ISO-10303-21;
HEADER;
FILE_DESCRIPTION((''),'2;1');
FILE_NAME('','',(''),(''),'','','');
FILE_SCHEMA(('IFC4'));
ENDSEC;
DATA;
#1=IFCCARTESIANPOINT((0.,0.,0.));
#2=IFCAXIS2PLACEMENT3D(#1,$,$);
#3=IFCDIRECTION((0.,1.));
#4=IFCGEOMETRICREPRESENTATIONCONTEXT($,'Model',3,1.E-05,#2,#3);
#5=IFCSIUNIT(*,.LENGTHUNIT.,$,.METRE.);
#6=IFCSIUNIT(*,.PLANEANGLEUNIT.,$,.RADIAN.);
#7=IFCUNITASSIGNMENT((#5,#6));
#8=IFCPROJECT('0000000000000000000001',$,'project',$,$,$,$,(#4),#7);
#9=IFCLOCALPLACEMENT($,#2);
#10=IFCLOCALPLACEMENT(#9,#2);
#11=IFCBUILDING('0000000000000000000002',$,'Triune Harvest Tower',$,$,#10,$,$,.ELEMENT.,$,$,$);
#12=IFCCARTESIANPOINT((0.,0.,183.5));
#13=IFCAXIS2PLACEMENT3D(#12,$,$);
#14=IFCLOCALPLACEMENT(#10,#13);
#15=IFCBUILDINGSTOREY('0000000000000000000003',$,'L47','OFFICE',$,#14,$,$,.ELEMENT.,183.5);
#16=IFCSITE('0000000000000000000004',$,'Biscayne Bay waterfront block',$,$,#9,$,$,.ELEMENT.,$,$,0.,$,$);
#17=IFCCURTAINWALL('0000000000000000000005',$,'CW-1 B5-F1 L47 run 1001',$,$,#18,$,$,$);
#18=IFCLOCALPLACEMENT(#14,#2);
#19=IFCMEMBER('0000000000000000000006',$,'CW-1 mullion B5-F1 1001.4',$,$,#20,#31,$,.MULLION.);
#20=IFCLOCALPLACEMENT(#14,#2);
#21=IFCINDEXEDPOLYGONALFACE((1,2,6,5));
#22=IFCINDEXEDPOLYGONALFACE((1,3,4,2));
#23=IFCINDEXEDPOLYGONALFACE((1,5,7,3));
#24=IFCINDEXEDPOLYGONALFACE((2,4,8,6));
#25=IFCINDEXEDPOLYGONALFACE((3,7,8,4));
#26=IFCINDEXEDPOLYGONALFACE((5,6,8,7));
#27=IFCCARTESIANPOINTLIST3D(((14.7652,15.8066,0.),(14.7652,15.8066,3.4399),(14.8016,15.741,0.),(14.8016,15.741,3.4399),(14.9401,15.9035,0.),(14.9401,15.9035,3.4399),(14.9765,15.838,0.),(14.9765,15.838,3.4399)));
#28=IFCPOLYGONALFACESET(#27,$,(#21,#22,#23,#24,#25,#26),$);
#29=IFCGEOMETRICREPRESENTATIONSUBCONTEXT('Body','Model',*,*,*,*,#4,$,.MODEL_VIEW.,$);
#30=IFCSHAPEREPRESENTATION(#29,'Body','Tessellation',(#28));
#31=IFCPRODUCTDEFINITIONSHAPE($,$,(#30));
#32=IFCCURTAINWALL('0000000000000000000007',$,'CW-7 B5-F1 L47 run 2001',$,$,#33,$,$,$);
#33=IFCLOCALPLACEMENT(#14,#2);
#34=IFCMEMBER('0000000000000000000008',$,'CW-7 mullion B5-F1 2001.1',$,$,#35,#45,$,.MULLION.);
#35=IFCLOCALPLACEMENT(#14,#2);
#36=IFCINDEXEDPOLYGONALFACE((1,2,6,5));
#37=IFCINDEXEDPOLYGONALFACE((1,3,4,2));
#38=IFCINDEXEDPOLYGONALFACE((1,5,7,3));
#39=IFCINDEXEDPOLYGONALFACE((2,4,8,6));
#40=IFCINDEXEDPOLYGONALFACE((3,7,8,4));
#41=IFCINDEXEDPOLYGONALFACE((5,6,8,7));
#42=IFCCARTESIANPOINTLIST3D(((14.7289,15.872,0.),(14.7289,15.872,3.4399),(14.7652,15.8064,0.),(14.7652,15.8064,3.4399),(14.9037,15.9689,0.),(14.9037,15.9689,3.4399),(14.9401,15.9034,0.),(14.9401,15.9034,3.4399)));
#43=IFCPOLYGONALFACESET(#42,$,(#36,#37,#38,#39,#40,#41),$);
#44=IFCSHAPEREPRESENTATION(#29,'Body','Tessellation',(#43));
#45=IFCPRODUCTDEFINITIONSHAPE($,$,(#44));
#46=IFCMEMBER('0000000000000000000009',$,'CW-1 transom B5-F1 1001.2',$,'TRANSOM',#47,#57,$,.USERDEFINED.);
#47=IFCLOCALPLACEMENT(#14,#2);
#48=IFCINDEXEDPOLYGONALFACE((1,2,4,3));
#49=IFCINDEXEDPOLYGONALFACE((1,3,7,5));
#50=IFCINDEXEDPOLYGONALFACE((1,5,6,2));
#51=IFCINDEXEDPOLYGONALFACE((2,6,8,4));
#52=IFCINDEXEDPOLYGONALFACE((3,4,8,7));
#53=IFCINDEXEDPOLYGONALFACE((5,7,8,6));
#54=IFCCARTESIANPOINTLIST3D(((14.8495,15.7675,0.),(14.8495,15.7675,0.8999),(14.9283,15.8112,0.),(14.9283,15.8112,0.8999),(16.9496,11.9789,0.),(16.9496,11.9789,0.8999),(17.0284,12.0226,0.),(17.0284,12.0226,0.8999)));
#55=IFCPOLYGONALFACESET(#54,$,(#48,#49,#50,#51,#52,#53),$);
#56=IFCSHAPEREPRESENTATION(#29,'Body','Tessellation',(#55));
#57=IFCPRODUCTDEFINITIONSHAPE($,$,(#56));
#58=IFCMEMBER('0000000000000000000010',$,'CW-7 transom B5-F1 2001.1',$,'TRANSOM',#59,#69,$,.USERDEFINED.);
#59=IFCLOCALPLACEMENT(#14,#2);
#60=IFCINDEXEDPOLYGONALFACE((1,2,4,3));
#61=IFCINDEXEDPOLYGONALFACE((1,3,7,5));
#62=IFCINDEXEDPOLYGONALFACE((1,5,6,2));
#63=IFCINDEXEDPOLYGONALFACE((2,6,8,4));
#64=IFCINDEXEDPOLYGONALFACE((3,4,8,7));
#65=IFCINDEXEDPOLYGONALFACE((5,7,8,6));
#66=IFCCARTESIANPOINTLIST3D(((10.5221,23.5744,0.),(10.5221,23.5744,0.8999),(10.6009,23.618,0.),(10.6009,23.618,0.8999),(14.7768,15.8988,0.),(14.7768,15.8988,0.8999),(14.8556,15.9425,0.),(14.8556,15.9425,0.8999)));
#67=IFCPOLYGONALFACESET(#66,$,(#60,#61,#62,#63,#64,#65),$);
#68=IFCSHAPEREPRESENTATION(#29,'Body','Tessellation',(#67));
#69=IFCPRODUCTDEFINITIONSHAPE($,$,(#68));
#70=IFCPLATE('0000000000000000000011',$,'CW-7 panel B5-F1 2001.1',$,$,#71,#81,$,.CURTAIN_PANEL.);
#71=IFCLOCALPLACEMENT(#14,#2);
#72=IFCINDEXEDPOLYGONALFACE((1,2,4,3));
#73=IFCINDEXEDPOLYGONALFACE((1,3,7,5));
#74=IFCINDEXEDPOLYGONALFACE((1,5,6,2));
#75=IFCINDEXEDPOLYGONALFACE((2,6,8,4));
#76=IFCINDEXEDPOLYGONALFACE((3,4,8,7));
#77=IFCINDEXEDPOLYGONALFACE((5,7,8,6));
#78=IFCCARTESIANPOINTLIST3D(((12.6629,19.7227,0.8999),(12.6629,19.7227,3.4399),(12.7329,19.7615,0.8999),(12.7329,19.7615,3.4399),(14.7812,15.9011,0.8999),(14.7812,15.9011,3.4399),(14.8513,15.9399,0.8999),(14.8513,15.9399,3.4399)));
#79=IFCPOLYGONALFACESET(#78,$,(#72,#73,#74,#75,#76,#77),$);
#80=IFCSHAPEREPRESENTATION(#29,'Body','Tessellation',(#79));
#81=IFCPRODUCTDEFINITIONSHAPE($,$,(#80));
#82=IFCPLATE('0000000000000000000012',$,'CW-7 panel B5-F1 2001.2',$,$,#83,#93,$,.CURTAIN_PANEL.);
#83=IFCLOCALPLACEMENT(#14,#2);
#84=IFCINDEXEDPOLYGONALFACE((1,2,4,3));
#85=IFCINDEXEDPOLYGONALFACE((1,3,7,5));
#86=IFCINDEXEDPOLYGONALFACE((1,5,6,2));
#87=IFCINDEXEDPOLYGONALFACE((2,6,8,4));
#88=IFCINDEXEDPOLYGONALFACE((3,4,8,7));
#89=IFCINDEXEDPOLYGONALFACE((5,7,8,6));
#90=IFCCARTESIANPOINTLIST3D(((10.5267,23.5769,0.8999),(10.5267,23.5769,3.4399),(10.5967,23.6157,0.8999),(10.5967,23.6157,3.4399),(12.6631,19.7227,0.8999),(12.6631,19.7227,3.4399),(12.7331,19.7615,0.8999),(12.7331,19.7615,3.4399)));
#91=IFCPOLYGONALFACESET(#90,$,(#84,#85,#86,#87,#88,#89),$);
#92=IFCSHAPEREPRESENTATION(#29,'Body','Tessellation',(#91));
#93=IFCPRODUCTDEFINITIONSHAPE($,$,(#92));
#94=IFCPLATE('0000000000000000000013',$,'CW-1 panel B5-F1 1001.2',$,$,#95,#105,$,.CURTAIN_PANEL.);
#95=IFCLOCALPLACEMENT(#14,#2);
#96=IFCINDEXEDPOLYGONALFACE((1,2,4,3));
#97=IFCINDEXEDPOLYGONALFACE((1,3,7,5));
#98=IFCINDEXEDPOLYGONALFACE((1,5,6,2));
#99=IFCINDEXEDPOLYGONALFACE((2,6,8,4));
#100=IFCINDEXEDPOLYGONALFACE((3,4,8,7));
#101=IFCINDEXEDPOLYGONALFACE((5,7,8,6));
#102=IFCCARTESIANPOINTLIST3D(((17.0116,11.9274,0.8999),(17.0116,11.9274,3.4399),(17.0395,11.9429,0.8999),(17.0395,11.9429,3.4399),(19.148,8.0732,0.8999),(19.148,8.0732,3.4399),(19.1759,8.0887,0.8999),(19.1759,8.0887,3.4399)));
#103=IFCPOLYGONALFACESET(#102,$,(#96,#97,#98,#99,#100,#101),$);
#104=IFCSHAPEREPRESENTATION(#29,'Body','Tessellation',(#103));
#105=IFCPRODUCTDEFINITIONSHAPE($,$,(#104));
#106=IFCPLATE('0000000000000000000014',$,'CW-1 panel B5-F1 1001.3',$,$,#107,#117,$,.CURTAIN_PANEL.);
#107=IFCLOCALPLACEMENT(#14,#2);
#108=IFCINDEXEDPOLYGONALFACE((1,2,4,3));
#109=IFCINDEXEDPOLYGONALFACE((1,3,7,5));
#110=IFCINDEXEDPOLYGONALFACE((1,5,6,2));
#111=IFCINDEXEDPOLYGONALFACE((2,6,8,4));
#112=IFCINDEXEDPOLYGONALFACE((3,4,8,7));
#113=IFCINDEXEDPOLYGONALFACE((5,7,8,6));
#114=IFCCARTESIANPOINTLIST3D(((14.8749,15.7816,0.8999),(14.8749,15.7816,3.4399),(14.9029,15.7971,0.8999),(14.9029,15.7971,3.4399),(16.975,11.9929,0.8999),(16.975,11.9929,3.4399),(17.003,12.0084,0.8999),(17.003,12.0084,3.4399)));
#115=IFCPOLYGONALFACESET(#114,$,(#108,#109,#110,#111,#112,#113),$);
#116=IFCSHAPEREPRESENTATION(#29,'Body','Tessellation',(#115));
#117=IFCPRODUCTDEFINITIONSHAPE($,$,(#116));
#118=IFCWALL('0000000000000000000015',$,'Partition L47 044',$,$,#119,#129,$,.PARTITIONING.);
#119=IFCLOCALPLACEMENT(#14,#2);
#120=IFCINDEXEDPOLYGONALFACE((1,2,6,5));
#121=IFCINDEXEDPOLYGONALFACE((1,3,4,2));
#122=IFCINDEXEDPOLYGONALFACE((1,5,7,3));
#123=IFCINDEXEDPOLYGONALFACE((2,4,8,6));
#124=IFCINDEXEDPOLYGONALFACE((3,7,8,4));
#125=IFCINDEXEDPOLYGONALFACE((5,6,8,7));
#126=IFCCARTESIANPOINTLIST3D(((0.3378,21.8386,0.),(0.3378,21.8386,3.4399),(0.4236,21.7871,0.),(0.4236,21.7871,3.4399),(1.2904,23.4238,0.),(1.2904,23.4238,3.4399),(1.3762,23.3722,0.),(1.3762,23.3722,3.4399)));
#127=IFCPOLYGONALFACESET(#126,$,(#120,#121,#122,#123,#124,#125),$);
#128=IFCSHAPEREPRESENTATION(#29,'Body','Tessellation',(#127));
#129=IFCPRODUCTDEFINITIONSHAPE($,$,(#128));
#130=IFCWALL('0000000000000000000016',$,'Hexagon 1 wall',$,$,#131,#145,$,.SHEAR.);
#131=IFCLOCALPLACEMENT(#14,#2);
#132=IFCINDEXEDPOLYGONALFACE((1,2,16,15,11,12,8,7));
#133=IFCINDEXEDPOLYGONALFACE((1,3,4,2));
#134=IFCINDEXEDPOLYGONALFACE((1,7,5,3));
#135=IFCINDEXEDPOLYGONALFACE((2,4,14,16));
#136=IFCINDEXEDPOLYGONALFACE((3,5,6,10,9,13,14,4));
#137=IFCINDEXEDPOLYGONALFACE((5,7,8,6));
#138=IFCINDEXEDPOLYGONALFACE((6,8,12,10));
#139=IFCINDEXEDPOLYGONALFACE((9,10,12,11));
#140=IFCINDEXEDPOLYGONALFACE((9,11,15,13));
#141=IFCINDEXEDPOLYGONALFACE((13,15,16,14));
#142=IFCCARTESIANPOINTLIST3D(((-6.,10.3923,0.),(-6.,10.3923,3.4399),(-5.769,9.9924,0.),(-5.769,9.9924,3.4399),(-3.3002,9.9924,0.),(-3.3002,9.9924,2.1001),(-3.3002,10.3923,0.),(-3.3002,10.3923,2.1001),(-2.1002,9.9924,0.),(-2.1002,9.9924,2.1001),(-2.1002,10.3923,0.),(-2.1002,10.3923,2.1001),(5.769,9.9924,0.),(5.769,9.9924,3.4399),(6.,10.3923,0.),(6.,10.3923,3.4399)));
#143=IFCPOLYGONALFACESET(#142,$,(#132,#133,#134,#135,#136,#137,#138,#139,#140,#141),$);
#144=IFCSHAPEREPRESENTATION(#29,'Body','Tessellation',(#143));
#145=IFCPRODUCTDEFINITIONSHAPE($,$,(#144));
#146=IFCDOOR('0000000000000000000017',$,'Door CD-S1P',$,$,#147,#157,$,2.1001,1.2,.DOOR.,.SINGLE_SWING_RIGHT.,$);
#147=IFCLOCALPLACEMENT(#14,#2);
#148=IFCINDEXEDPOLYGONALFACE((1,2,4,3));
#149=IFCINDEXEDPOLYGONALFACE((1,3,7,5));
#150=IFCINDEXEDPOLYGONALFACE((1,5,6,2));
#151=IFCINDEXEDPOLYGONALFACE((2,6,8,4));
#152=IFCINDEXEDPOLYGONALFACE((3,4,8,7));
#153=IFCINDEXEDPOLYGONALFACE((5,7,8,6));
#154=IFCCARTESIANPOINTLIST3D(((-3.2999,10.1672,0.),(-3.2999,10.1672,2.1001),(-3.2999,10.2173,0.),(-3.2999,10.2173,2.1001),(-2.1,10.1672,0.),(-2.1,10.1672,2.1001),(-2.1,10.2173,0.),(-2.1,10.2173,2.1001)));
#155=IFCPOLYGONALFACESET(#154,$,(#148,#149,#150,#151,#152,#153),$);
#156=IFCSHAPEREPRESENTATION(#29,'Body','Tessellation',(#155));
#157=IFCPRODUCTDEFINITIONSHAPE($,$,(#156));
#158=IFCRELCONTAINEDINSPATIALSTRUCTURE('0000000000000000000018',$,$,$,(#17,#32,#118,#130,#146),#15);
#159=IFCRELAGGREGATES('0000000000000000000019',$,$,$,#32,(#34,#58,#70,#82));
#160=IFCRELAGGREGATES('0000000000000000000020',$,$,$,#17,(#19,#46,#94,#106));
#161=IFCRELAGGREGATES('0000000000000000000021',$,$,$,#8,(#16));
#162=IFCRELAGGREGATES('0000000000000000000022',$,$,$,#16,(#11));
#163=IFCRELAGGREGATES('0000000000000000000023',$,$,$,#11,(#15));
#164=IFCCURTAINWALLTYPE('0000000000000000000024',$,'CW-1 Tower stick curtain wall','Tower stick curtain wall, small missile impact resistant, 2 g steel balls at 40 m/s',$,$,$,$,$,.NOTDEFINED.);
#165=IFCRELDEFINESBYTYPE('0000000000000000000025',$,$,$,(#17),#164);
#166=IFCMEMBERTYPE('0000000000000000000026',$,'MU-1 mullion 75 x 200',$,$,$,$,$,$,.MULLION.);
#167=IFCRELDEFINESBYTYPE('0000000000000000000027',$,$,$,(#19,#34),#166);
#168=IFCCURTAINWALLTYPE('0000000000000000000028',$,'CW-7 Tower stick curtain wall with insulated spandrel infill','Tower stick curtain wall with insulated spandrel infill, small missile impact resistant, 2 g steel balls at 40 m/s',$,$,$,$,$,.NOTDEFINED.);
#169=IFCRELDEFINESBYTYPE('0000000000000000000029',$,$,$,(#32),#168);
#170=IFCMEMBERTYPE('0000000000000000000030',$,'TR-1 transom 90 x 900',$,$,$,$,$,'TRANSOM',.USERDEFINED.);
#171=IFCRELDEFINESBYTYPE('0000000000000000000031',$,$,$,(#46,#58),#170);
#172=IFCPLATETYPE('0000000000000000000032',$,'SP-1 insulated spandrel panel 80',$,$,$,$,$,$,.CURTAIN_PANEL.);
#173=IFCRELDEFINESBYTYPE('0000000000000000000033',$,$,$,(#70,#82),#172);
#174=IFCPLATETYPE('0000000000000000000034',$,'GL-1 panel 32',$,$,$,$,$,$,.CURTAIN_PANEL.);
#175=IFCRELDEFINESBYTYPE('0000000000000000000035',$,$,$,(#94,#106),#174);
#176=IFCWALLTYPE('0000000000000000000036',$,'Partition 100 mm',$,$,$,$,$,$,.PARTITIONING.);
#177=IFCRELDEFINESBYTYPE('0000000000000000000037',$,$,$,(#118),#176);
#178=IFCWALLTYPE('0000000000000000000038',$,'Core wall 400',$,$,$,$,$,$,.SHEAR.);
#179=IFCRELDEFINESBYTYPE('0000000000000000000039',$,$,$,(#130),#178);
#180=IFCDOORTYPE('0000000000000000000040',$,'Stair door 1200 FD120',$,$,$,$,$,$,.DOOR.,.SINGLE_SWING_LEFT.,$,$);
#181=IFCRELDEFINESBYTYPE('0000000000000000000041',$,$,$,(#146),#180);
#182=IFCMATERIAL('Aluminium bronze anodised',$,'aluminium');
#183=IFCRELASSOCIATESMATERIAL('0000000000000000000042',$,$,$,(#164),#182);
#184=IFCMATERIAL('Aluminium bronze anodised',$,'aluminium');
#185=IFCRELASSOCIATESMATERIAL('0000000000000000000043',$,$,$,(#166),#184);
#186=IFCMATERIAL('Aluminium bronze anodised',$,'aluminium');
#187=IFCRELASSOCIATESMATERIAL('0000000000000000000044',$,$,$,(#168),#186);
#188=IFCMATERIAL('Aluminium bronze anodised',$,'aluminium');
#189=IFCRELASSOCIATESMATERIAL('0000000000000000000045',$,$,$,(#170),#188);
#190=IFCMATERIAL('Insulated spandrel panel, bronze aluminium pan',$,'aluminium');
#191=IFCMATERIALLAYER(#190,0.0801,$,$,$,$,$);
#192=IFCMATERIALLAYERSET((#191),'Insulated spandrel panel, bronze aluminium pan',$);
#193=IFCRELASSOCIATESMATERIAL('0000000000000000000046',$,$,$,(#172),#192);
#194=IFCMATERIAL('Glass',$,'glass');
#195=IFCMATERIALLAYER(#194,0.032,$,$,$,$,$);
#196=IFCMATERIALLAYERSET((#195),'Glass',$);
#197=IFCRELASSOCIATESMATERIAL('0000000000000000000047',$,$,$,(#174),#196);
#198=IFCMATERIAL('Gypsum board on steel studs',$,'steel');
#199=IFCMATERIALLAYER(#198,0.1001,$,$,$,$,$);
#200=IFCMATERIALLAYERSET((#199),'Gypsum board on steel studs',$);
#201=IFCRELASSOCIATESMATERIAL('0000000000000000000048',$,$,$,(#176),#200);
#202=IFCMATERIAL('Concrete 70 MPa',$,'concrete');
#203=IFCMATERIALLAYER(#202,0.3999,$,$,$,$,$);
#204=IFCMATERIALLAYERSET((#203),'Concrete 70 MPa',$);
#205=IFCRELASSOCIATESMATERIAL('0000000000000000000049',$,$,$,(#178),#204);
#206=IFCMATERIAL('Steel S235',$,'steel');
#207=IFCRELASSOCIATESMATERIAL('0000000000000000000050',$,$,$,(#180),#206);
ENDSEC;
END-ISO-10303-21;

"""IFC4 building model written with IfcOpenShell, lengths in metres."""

from ifc_helpers import new_model, si_unit, direction, frame, frame_2d, origin, origin_2d, place, context, subcontext, project, spatial, polyline, rectangle, outline, extrude, source, transform, mapped, material, layer, layer_set, material_profile, profile_set, type_object, element, fill, aggregate, save


model = new_model("IFC4")

# Units and contexts
model_context = context("Model", 3, precision=1e-05, world=origin(), true_north=direction((0.0, 1.0)))
body_context = subcontext(model_context, "Body", "Model", "MODEL_VIEW")
ifc_project = project(units=[si_unit("LENGTHUNIT", "METRE"), si_unit("PLANEANGLEUNIT", "RADIAN")], contexts=[model_context])

# Site, building, storey
site_placement = place(None, origin())
site = spatial("IfcSite", under=ifc_project, at=site_placement, Name="Biscayne Bay waterfront block", CompositionType="ELEMENT", RefElevation=0.0)
building_placement = place(site_placement, origin())
building = spatial("IfcBuilding", under=site, at=building_placement, Name="Triune Harvest Tower", CompositionType="ELEMENT")
storey_placement = place(building_placement, frame((0.0, 0.0, 183.5)))
storey = spatial("IfcBuildingStorey", under=building, at=storey_placement, Name="L47", Description="OFFICE", CompositionType="ELEMENT", Elevation=183.5)

# Curtain wall, member
ifc_material_1 = material(Name="Aluminium bronze anodised", Category="aluminium")
curtain_wall_type_1 = type_object("IfcCurtainWallType", Name="CW-1 Tower stick curtain wall", Description="Tower stick curtain wall, small missile impact resistant, 2 g steel balls at 40 m/s", PredefinedType="NOTDEFINED", material=ifc_material_1)
curtain_wall_1_placement = place(storey_placement, origin())
curtain_wall_1 = element("IfcCurtainWall", 1, at=curtain_wall_1_placement, inside=storey, type_object=curtain_wall_type_1, Name="CW-1 B5-F1 L47 run 1001")
ifc_material_2 = material(Name="Aluminium bronze anodised", Category="aluminium")
ifc_material_profile_1 = material_profile(ifc_material_2, rectangle(XDim=0.2, YDim=0.075, at=origin_2d()), Name="MU-1 mullion 75 x 200")
ifc_profile_set_1 = profile_set([ifc_material_profile_1], Name="Aluminium bronze anodised")
member_type_1 = type_object("IfcMemberType", Name="MU-1 mullion 75 x 200", PredefinedType="MULLION", material=ifc_profile_set_1)
shared_shape_1 = source(origin(), body_context, "Body", "SweptSolid", [
    extrude(rectangle(XDim=0.2, YDim=0.075, at=origin_2d()), origin(), (0.0, 0.0, 1.0), 3.4399),
])
member_1_placement = place(storey_placement, frame((14.8708, 15.8223, 0.0), z_axis=(0.0, 0.0, 1.0), x_axis=(-0.87462, -0.484809, 0.0)))
member_1 = element("IfcMember", 2, at=member_1_placement, type_object=member_type_1, Name="CW-1 mullion B5-F1 1001.4", PredefinedType="MULLION", context=body_context, shape_type="MappedRepresentation", body=[
    mapped(shared_shape_1, transform((0.0, 0.0, 0.0), scale=1.0)),
])

# Curtain wall, member
ifc_material_3 = material(Name="Aluminium bronze anodised", Category="aluminium")
curtain_wall_type_2 = type_object("IfcCurtainWallType", Name="CW-7 Tower stick curtain wall with insulated spandrel infill", Description="Tower stick curtain wall with insulated spandrel infill, small missile impact resistant, 2 g steel balls at 40 m/s", PredefinedType="NOTDEFINED", material=ifc_material_3)
curtain_wall_2_placement = place(storey_placement, origin())
curtain_wall_2 = element("IfcCurtainWall", 3, at=curtain_wall_2_placement, inside=storey, type_object=curtain_wall_type_2, Name="CW-7 B5-F1 L47 run 2001")
member_2_placement = place(storey_placement, frame((14.8345, 15.8877, 0.0), z_axis=(0.0, 0.0, 1.0), x_axis=(-0.87462, -0.484808, 0.0)))
member_2 = element("IfcMember", 4, at=member_2_placement, type_object=member_type_1, Name="CW-7 mullion B5-F1 2001.1", PredefinedType="MULLION", context=body_context, shape_type="MappedRepresentation", body=[
    mapped(shared_shape_1, transform((0.0, 0.0, 0.0), scale=1.0)),
])

# Members
ifc_material_4 = material(Name="Aluminium bronze anodised", Category="aluminium")
ifc_material_profile_2 = material_profile(ifc_material_4, rectangle(XDim=0.0901, YDim=0.8999, at=origin_2d()), Name="TR-1 transom 90 x 900")
ifc_profile_set_2 = profile_set([ifc_material_profile_2], Name="Aluminium bronze anodised")
member_type_2 = type_object("IfcMemberType", Name="TR-1 transom 90 x 900", ElementType="TRANSOM", PredefinedType="USERDEFINED", material=ifc_profile_set_2)
shared_shape_2 = source(origin(), body_context, "Body", "SweptSolid", [
    extrude(rectangle(XDim=0.0901, YDim=0.8999, at=origin_2d()), origin(), (0.0, 0.0, 1.0), 4.3318),
])
member_3_placement = place(storey_placement, frame((16.989, 12.0007, 0.45), z_axis=(-0.48482, 0.874614, 0.0), x_axis=(-0.874614, -0.48482, 0.0)))
member_3 = element("IfcMember", 5, at=member_3_placement, type_object=member_type_2, Name="CW-1 transom B5-F1 1001.2", ObjectType="TRANSOM", PredefinedType="USERDEFINED", context=body_context, shape_type="MappedRepresentation", body=[
    mapped(shared_shape_2, transform((0.0, 0.0, 0.0), scale=1.0)),
])
shared_shape_3 = source(origin(), body_context, "Body", "SweptSolid", [
    extrude(rectangle(XDim=0.0901, YDim=0.8999, at=origin_2d()), origin(), (0.0, 0.0, 1.0), 8.7759),
])
member_4_placement = place(storey_placement, frame((14.8162, 15.9207, 0.45), z_axis=(-0.484811, 0.874619, 0.0), x_axis=(-0.874619, -0.484811, 0.0)))
member_4 = element("IfcMember", 6, at=member_4_placement, type_object=member_type_2, Name="CW-7 transom B5-F1 2001.1", ObjectType="TRANSOM", PredefinedType="USERDEFINED", context=body_context, shape_type="MappedRepresentation", body=[
    mapped(shared_shape_3, transform((0.0, 0.0, 0.0), scale=1.0)),
])

# Plates
ifc_material_5 = material(Name="Insulated spandrel panel, bronze aluminium pan", Category="aluminium")
ifc_layer_1 = layer(ifc_material_5, 0.0801)
ifc_layer_set_1 = layer_set([ifc_layer_1], Name="Insulated spandrel panel, bronze aluminium pan")
plate_type_1 = type_object("IfcPlateType", Name="SP-1 insulated spandrel panel 80", PredefinedType="CURTAIN_PANEL", material=ifc_layer_set_1)
shared_shape_4 = source(origin(), body_context, "Body", "SweptSolid", [
    extrude(rectangle(XDim=4.3694, YDim=0.0801, at=origin_2d()), origin(), (0.0, 0.0, 1.0), 2.54),
])
plate_1_placement = place(storey_placement, frame((13.7571, 17.8313, 0.8999), z_axis=(0.0, 0.0, 1.0), x_axis=(-0.484808, 0.87462, 0.0)))
plate_1 = element("IfcPlate", 7, at=plate_1_placement, type_object=plate_type_1, Name="CW-7 panel B5-F1 2001.1", PredefinedType="CURTAIN_PANEL", context=body_context, shape_type="MappedRepresentation", body=[
    mapped(shared_shape_4, transform((0.0, 0.0, 0.0), scale=1.0)),
])
shared_shape_5 = source(origin(), body_context, "Body", "SweptSolid", [
    extrude(rectangle(XDim=4.4067, YDim=0.0801, at=origin_2d()), origin(), (0.0, 0.0, 1.0), 2.54),
])
plate_2_placement = place(storey_placement, frame((11.6299, 21.6692, 0.8999), z_axis=(0.0, 0.0, 1.0), x_axis=(-0.484808, 0.87462, 0.0)))
plate_2 = element("IfcPlate", 8, at=plate_2_placement, type_object=plate_type_1, Name="CW-7 panel B5-F1 2001.2", PredefinedType="CURTAIN_PANEL", context=body_context, shape_type="MappedRepresentation", body=[
    mapped(shared_shape_5, transform((0.0, 0.0, 0.0), scale=1.0)),
])
aggregate(curtain_wall_2, [member_2, member_4, plate_1, plate_2])
ifc_material_6 = material(Name="Glass", Category="glass")
ifc_layer_2 = layer(ifc_material_6, 0.032)
ifc_layer_set_2 = layer_set([ifc_layer_2], Name="Glass")
plate_type_2 = type_object("IfcPlateType", Name="GL-1 panel 32", PredefinedType="CURTAIN_PANEL", material=ifc_layer_set_2)
shared_shape_6 = source(origin(), body_context, "Body", "SweptSolid", [
    extrude(rectangle(XDim=4.4067, YDim=0.032, at=origin_2d()), origin(), (0.0, 0.0, 1.0), 2.54),
])
plate_3_placement = place(storey_placement, frame((18.0938, 10.0081, 0.8999), z_axis=(0.0, 0.0, 1.0), x_axis=(-0.484809, 0.87462, 0.0)))
plate_3 = element("IfcPlate", 9, at=plate_3_placement, type_object=plate_type_2, Name="CW-1 panel B5-F1 1001.2", PredefinedType="CURTAIN_PANEL", context=body_context, shape_type="MappedRepresentation", body=[
    mapped(shared_shape_6, transform((0.0, 0.0, 0.0), scale=1.0)),
])
shared_shape_7 = source(origin(), body_context, "Body", "SweptSolid", [
    extrude(rectangle(XDim=4.3318, YDim=0.032, at=origin_2d()), origin(), (0.0, 0.0, 1.0), 2.54),
])
plate_4_placement = place(storey_placement, frame((15.939, 13.895, 0.8999), z_axis=(0.0, 0.0, 1.0), x_axis=(-0.484809, 0.87462, 0.0)))
plate_4 = element("IfcPlate", 10, at=plate_4_placement, type_object=plate_type_2, Name="CW-1 panel B5-F1 1001.3", PredefinedType="CURTAIN_PANEL", context=body_context, shape_type="MappedRepresentation", body=[
    mapped(shared_shape_7, transform((0.0, 0.0, 0.0), scale=1.0)),
])
aggregate(curtain_wall_1, [member_1, member_3, plate_3, plate_4])

# Wall
ifc_material_7 = material(Name="Gypsum board on steel studs", Category="steel")
ifc_layer_3 = layer(ifc_material_7, 0.1001)
ifc_layer_set_3 = layer_set([ifc_layer_3], Name="Gypsum board on steel studs")
wall_type_1 = type_object("IfcWallType", Name="Partition 100 mm", PredefinedType="PARTITIONING", material=ifc_layer_set_3)
wall_1_placement = place(storey_placement, frame((0.3806, 21.8127, 0.0), z_axis=(0.0, 0.0, 1.0), x_axis=(0.515097, 0.857132, 0.0)))
element("IfcWall", 11, at=wall_1_placement, inside=storey, type_object=wall_type_1, Name="Partition L47 044", PredefinedType="PARTITIONING", context=body_context, shape_type="SweptSolid", body=[
    extrude(rectangle(XDim=1.8494, YDim=0.1001, at=frame_2d((0.9248, 0.0))), origin(), (0.0, 0.0, 1.0), 3.4399),
])

# Wall, opening, door
ifc_material_8 = material(Name="Concrete 70 MPa", Category="concrete")
ifc_layer_4 = layer(ifc_material_8, 0.3999)
ifc_layer_set_4 = layer_set([ifc_layer_4], Name="Concrete 70 MPa")
wall_type_2 = type_object("IfcWallType", Name="Core wall 400", PredefinedType="SHEAR", material=ifc_layer_set_4)
shared_shape_8 = source(origin(), body_context, "Body", "SweptSolid", [
    extrude(outline(polyline([(-0.1155, -0.2), (11.8845, -0.2), (11.6536, 0.2), (0.1155, 0.2), (-0.1155, -0.2)])), origin(), (0.0, 0.0, 1.0), 3.4399),
])
wall_2_placement = place(storey_placement, frame((5.8845, 10.1924, 0.0), z_axis=(0.0, 0.0, 1.0), x_axis=(-1.0, 0.0, 0.0)))
wall_2 = element("IfcWall", 12, at=wall_2_placement, inside=storey, type_object=wall_type_2, Name="Hexagon 1 wall", PredefinedType="SHEAR", context=body_context, shape_type="MappedRepresentation", body=[
    mapped(shared_shape_8, transform((0.0, 0.0, 0.0), scale=1.0)),
])
opening_1_placement = place(wall_2_placement, frame((7.9846, 0.0, 0.0)))
opening_1 = element("IfcOpeningElement", 13, at=opening_1_placement, cuts=wall_2, PredefinedType="OPENING", context=body_context, shape_type="SweptSolid", body=[
    extrude(rectangle(XDim=1.2, YDim=2.1001, at=frame_2d((0.6001, 1.05))), frame((0.0, 0.21, 0.0), z_axis=(0.0, -1.0, 0.0), x_axis=(1.0, 0.0, 0.0)), (0.0, 0.0, 1.0), 0.4199),
])
ifc_material_9 = material(Name="Steel S235", Category="steel")
door_type_1 = type_object("IfcDoorType", Name="Stair door 1200 FD120", OperationType="SINGLE_SWING_LEFT", PredefinedType="DOOR", material=ifc_material_9)
door_1_placement = place(opening_1_placement, frame((1.2, 0.0, 0.0), z_axis=(0.0, 0.0, 1.0), x_axis=(-1.0, 0.0, 0.0)))
door_1 = element("IfcDoor", 14, at=door_1_placement, inside=storey, type_object=door_type_1, Name="Door CD-S1P", OperationType="SINGLE_SWING_RIGHT", OverallHeight=2.1001, OverallWidth=1.2, PredefinedType="DOOR", context=body_context, shape_type="SweptSolid", body=[
    extrude(rectangle(XDim=1.2, YDim=2.1001, at=frame_2d((0.6001, 1.05))), frame((0.0, 0.0249, 0.0), z_axis=(0.0, -1.0, 0.0), x_axis=(1.0, 0.0, 0.0)), (0.0, 0.0, 1.0), 0.05),
])
fill(opening_1, door_1)

save(model, "model.ifc")
